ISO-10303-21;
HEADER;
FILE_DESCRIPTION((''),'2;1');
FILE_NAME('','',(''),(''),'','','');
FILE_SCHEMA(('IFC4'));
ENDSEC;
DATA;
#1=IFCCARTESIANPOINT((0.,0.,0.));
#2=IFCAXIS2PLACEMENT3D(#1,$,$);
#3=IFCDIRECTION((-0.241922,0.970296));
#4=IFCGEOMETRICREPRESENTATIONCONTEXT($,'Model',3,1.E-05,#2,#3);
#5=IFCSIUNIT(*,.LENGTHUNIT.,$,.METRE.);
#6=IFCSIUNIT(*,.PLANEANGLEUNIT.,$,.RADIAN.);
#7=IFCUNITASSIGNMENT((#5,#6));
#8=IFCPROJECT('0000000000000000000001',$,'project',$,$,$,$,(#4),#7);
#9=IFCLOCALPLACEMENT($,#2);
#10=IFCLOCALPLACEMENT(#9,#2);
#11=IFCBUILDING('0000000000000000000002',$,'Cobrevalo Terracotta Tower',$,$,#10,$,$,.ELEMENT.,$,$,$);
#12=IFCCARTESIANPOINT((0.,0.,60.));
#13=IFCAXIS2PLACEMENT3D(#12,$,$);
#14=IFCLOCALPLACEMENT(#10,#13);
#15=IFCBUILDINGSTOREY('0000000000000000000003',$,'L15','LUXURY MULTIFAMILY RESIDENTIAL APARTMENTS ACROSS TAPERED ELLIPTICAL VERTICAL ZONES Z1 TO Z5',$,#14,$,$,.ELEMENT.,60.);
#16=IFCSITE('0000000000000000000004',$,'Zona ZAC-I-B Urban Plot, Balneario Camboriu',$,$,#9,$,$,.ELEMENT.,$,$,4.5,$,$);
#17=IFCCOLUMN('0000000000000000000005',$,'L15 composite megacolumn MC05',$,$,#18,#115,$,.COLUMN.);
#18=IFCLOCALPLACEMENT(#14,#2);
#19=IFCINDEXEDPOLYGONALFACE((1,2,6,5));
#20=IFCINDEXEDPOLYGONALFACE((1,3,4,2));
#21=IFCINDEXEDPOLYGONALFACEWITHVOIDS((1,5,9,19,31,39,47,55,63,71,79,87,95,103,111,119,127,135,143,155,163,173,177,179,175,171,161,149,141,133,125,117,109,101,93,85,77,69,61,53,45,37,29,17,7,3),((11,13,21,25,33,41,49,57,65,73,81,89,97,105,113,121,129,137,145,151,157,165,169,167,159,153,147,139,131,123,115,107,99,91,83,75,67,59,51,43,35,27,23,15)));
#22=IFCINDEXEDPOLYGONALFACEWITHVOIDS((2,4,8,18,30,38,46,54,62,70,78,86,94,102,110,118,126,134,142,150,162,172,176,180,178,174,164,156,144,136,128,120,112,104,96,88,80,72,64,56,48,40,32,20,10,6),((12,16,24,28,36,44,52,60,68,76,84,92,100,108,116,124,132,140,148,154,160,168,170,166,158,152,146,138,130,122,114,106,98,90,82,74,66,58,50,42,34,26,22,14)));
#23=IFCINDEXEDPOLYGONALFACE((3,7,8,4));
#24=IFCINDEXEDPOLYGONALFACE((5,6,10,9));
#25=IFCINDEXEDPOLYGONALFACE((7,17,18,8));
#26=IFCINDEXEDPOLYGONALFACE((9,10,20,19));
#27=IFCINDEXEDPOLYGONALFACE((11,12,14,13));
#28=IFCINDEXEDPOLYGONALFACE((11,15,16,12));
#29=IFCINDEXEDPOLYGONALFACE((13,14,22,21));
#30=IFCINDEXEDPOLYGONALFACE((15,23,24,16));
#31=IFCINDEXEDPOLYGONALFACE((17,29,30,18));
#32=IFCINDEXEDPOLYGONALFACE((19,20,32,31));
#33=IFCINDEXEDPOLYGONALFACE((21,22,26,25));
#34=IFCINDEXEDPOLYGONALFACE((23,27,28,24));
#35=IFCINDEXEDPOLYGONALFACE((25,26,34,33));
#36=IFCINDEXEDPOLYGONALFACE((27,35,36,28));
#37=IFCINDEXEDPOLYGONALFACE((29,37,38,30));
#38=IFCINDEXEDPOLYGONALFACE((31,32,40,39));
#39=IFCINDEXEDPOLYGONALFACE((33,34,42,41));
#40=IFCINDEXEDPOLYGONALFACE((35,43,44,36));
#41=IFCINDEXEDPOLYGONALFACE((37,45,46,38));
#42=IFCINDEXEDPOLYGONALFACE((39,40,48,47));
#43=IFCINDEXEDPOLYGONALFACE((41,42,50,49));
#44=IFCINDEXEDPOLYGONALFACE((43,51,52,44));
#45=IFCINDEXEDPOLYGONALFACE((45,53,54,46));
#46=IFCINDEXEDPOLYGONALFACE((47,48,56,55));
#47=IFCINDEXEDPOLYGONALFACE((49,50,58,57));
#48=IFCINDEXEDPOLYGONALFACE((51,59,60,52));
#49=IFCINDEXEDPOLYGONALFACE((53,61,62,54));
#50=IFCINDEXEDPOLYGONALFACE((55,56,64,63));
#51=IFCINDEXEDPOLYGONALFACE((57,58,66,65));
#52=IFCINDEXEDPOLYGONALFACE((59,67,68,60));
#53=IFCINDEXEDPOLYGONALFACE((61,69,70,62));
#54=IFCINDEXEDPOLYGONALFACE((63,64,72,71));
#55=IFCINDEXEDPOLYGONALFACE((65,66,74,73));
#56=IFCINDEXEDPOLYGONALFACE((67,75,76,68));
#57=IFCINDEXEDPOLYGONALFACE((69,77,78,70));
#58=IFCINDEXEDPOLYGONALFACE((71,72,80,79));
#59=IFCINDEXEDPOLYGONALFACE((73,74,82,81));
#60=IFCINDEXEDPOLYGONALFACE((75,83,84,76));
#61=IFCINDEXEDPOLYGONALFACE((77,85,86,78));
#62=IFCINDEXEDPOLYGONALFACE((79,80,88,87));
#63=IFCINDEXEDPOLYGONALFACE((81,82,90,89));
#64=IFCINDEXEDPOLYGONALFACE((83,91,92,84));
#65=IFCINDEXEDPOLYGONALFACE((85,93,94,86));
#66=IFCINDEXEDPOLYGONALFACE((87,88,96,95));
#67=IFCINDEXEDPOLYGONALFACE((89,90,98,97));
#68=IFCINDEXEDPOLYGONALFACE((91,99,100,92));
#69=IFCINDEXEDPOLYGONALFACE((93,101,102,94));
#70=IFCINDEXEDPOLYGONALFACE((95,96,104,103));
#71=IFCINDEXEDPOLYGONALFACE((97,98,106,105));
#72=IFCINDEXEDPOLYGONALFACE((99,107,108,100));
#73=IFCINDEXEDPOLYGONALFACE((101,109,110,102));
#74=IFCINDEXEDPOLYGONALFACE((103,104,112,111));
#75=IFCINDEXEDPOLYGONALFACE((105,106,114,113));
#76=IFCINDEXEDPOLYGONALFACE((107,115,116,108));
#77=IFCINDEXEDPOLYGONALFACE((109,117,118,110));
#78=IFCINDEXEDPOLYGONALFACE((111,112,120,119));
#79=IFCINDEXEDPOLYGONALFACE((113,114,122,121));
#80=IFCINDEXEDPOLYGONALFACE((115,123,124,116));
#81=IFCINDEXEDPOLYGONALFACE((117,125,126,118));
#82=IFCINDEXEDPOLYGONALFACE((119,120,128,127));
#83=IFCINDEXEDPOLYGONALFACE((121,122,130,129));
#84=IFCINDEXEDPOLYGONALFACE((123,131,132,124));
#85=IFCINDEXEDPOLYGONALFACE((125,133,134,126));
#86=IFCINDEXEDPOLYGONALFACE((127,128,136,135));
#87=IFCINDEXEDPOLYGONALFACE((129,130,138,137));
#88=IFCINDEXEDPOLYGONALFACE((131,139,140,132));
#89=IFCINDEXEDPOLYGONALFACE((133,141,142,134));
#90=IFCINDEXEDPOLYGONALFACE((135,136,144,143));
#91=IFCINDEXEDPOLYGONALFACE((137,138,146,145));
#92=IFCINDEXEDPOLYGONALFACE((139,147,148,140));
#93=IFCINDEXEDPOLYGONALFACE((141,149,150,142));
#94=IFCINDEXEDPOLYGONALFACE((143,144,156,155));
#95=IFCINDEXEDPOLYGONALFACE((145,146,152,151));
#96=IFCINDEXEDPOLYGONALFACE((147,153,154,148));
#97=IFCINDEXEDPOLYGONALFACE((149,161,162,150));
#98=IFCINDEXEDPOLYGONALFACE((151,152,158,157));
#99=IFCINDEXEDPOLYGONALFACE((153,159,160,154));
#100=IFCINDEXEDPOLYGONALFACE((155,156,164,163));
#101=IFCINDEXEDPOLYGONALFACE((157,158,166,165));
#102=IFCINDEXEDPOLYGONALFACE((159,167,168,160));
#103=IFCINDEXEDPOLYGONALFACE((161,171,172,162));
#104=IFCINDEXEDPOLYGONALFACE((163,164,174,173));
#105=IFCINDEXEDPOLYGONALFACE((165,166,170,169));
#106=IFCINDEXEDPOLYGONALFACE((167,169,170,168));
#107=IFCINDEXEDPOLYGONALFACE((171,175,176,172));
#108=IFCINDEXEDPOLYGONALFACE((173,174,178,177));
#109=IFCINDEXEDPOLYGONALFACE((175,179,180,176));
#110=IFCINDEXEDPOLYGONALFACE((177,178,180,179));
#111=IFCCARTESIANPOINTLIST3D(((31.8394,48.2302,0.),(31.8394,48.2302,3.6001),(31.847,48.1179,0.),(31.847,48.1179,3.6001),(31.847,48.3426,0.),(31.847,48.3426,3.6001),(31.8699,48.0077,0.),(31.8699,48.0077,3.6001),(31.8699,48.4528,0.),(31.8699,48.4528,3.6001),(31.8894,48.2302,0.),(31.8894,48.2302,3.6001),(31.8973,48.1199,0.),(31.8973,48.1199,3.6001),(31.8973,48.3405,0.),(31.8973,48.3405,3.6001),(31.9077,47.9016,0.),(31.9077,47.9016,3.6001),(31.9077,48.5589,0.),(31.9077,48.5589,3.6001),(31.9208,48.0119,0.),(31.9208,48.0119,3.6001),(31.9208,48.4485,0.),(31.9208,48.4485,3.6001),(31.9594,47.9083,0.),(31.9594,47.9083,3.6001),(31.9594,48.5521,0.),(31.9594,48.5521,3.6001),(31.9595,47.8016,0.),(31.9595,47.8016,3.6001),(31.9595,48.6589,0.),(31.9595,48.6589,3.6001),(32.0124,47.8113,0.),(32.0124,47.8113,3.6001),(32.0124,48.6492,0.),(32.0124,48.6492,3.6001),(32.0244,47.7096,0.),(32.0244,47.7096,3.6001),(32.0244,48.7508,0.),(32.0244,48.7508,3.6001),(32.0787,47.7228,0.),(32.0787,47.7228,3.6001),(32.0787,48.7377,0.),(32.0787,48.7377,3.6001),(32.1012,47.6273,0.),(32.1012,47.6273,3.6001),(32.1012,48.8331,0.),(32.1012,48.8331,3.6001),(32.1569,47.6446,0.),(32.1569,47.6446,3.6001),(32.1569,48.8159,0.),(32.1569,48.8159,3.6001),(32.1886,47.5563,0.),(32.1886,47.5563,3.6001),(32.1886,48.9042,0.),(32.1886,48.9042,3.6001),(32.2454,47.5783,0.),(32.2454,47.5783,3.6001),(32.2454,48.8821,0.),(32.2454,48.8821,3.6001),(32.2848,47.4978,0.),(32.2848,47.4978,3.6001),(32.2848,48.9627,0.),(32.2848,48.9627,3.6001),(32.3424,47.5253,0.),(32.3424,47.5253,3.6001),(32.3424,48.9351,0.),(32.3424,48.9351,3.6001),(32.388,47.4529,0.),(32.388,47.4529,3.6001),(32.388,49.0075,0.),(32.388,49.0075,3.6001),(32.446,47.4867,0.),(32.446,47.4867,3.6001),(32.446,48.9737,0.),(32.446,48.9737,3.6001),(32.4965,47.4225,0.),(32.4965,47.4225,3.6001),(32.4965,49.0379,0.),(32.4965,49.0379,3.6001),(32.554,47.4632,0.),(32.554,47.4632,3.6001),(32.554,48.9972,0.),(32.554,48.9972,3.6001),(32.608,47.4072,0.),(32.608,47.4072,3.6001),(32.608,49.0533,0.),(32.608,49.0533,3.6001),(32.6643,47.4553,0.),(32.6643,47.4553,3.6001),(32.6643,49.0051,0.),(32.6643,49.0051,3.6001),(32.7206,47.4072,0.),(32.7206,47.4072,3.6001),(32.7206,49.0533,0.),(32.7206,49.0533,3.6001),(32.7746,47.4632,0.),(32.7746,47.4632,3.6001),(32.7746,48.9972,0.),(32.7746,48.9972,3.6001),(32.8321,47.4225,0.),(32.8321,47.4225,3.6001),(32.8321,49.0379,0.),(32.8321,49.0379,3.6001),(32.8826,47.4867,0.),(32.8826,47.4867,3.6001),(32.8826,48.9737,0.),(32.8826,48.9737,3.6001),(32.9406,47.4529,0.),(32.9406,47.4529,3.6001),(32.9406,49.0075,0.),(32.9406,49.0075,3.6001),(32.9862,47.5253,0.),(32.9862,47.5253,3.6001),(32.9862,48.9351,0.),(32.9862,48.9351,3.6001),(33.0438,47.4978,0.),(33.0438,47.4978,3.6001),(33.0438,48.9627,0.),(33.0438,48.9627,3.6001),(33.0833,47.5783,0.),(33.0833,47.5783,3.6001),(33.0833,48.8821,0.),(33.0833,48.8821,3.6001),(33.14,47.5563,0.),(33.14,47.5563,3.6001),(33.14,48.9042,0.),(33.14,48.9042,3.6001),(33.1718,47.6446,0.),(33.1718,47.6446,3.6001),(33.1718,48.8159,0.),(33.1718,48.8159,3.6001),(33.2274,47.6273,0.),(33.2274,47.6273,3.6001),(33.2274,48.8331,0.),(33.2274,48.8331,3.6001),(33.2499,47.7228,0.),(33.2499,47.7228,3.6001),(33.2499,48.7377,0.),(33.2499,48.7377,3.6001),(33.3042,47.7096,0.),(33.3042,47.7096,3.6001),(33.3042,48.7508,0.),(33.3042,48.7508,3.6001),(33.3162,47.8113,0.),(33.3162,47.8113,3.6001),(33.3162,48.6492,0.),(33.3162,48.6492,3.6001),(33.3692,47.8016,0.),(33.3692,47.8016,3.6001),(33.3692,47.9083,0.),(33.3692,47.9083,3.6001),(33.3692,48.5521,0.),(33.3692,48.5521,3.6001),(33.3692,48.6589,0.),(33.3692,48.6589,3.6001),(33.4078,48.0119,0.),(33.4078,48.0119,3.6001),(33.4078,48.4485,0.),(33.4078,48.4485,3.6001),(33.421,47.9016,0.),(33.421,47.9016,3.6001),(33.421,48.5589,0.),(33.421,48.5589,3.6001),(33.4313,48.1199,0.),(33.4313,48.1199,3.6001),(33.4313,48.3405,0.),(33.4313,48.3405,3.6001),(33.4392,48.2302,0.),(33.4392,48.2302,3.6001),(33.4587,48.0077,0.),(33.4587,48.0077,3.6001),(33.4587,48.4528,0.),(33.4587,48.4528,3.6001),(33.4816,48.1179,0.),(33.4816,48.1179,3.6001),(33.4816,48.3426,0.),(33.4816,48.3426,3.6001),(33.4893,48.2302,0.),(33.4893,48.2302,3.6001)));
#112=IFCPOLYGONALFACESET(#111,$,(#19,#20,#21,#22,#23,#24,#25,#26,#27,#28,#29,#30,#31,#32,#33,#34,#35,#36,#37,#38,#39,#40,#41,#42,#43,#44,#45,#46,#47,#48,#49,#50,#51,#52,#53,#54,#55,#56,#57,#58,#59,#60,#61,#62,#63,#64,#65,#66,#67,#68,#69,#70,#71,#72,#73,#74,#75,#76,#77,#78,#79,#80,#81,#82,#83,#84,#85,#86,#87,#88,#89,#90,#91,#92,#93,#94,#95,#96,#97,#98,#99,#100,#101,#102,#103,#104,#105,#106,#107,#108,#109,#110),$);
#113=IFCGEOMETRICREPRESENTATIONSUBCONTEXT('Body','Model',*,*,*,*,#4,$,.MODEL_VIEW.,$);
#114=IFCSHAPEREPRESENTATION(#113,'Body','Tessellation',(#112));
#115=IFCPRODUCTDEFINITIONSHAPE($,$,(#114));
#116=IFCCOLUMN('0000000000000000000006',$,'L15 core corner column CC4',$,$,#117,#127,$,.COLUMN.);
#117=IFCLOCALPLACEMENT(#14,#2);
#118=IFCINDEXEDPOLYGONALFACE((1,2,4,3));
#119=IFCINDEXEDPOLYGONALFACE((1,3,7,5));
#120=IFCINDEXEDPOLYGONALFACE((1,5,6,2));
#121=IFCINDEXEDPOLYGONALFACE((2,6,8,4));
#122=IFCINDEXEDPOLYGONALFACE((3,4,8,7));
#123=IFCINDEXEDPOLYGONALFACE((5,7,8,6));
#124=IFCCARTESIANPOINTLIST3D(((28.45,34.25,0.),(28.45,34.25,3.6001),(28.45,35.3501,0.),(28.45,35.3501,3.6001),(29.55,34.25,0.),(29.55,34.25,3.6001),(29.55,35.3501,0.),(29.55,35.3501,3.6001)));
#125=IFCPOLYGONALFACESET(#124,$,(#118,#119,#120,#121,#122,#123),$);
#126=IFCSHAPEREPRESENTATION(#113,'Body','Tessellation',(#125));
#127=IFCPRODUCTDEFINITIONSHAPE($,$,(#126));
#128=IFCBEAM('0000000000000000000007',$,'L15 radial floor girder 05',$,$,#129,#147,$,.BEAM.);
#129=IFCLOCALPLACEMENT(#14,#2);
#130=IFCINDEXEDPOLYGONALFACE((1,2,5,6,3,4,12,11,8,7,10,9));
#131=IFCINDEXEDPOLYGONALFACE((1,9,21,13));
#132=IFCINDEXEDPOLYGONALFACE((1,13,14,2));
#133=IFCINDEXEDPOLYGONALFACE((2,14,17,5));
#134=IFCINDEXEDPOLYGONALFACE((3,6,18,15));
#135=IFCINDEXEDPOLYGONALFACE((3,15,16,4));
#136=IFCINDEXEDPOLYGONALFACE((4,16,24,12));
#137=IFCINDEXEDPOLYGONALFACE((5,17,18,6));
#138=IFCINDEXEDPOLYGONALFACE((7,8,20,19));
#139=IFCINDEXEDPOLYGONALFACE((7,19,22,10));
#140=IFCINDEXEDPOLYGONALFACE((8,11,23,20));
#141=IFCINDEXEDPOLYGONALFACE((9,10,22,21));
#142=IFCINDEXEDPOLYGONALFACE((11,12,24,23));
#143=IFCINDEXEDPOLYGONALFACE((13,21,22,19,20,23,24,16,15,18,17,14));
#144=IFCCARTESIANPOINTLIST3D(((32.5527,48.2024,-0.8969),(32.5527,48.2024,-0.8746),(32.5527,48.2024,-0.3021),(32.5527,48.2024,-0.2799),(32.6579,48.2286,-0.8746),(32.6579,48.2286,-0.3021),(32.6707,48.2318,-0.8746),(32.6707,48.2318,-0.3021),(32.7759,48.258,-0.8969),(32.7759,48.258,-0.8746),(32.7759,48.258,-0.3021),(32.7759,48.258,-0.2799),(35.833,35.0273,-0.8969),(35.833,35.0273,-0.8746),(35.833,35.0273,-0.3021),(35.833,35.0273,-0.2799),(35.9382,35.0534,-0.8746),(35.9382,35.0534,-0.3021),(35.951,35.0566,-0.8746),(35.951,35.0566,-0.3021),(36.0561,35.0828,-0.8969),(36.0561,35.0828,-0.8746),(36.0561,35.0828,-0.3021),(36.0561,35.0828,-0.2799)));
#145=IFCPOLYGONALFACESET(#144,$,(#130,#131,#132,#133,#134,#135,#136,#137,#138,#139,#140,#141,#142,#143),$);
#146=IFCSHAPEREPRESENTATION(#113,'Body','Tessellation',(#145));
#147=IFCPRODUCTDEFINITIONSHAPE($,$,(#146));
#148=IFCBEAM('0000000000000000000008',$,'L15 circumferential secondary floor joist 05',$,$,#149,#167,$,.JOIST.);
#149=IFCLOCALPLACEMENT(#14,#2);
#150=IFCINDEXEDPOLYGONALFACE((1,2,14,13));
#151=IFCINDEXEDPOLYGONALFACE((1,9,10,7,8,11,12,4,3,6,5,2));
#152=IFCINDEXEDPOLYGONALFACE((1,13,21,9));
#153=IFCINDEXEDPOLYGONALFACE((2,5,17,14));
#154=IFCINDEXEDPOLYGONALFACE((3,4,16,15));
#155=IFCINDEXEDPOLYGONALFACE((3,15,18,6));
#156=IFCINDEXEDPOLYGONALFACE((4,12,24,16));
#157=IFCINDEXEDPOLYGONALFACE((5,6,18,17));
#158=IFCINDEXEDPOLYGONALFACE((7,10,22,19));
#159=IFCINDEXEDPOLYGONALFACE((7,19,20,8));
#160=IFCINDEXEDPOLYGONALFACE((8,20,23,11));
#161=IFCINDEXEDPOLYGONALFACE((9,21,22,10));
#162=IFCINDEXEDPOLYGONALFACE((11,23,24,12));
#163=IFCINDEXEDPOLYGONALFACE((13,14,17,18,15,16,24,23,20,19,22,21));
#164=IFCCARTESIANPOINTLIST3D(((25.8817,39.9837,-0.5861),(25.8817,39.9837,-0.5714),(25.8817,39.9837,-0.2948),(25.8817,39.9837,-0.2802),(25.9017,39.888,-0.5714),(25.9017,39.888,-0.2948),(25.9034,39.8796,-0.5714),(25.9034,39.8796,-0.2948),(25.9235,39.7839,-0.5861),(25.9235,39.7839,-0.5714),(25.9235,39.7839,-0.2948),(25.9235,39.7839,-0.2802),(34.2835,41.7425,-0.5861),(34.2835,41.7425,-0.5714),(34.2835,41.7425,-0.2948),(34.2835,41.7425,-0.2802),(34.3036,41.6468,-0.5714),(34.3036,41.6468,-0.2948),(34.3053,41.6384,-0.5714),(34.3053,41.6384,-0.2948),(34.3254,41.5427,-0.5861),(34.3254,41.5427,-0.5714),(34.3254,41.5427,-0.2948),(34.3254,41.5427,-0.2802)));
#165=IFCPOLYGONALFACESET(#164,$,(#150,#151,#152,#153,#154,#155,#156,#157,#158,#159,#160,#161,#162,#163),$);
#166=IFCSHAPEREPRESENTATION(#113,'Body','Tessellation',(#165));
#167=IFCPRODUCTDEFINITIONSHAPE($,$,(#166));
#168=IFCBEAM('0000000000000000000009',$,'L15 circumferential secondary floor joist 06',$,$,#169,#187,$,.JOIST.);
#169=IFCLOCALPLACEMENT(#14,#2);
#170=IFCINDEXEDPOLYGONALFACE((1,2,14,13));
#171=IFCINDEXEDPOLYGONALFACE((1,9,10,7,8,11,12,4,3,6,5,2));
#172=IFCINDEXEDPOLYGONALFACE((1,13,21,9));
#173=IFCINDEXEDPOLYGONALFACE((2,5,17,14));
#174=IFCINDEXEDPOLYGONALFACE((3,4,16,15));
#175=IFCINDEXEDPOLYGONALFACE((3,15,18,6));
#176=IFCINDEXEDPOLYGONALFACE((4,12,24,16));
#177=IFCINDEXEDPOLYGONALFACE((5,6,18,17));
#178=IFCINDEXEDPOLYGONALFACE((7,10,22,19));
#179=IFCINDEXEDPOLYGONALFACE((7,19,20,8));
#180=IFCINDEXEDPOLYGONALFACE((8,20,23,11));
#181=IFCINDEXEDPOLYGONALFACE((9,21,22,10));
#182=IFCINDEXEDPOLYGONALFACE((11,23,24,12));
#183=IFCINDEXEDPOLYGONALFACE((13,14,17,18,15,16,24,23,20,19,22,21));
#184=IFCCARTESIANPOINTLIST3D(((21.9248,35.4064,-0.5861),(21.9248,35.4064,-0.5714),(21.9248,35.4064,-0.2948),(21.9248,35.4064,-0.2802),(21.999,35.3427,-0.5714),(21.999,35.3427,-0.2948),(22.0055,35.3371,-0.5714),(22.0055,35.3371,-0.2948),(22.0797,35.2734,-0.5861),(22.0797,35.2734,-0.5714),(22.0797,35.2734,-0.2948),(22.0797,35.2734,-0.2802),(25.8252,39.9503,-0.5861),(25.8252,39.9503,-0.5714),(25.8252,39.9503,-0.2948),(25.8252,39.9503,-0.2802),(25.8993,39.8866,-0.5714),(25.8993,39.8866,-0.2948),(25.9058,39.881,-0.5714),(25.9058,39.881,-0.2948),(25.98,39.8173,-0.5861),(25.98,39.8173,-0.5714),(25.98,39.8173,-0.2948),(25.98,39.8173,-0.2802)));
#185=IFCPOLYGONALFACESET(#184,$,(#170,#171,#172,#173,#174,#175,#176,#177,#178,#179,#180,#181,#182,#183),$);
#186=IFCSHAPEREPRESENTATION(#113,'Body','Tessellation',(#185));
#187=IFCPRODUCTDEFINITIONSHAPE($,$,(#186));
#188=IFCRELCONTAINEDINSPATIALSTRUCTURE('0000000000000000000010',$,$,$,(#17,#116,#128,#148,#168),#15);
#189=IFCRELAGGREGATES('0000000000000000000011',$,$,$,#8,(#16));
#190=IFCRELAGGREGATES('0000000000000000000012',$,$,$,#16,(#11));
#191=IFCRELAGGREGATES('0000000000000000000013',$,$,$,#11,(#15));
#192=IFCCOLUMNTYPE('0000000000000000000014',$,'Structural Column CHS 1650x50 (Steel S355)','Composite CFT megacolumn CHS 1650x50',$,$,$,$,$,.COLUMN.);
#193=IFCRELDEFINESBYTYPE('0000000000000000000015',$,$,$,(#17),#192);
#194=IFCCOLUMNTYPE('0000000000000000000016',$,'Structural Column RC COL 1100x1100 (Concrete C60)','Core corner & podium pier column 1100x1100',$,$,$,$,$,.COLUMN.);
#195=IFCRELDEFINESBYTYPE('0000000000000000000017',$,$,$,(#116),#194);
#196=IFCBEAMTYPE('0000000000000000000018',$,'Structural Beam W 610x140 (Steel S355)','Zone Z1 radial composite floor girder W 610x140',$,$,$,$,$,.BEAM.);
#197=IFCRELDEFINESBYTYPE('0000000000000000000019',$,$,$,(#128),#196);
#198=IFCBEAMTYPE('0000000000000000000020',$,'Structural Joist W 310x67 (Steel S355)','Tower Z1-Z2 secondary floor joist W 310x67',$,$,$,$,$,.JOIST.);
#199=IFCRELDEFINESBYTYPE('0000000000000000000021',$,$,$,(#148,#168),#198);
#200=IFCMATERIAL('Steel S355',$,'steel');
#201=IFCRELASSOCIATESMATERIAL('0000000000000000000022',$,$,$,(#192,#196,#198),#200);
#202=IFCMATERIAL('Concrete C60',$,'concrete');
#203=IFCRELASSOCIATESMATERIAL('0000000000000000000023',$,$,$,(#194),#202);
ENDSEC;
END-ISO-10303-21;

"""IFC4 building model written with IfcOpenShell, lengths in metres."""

from ifc_helpers import new_model, si_unit, direction, frame, origin, origin_2d, place, context, subcontext, project, spatial, rectangle, hollow_circle, i_section, extrude, material, material_profile, profile_set, type_object, element, save


model = new_model("IFC4")

# Units and contexts
model_context = context("Model", 3, precision=1e-05, world=origin(), true_north=direction((-0.241922, 0.970296)))
body_context = subcontext(model_context, "Body", "Model", "MODEL_VIEW")
ifc_project = project(units=[si_unit("LENGTHUNIT", "METRE"), si_unit("PLANEANGLEUNIT", "RADIAN")], contexts=[model_context])

# Site, building, storey
site_placement = place(None, origin())
site = spatial("IfcSite", under=ifc_project, at=site_placement, Name="Zona ZAC-I-B Urban Plot, Balneario Camboriu", CompositionType="ELEMENT", RefElevation=4.5)
building_placement = place(site_placement, origin())
building = spatial("IfcBuilding", under=site, at=building_placement, Name="Cobrevalo Terracotta Tower", CompositionType="ELEMENT")
storey_placement = place(building_placement, frame((0.0, 0.0, 60.0)))
storey = spatial("IfcBuildingStorey", under=building, at=storey_placement, Name="L15", Description="LUXURY MULTIFAMILY RESIDENTIAL APARTMENTS ACROSS TAPERED ELLIPTICAL VERTICAL ZONES Z1 TO Z5", CompositionType="ELEMENT", Elevation=60.0)

# Columns
ifc_material_1 = material(Name="Steel S355", Category="steel")
ifc_material_profile_1 = material_profile(ifc_material_1, hollow_circle(Radius=0.825, WallThickness=0.05, at=origin_2d()), Name="CHS 1650x50")
ifc_profile_set_1 = profile_set([ifc_material_profile_1], Name="Steel S355")
column_type_1 = type_object("IfcColumnType", Name="Structural Column CHS 1650x50 (Steel S355)", Description="Composite CFT megacolumn CHS 1650x50", PredefinedType="COLUMN", material=ifc_profile_set_1)
column_1_placement = place(storey_placement, frame((32.6643, 48.2302, 0.0), z_axis=(0.0, 0.0, 1.0), x_axis=(1.0, 0.0, 0.0)))
element("IfcColumn", 1, at=column_1_placement, inside=storey, type_object=column_type_1, Name="L15 composite megacolumn MC05", PredefinedType="COLUMN", context=body_context, shape_type="SweptSolid", body=[
    extrude(hollow_circle(Radius=0.825, WallThickness=0.05, at=origin_2d()), origin(), (0.0, 0.0, 1.0), 3.6001),
])
ifc_material_2 = material(Name="Concrete C60", Category="concrete")
ifc_material_profile_2 = material_profile(ifc_material_2, rectangle(XDim=1.1001, YDim=1.1001, at=origin_2d()), Name="RC COL 1100x1100")
ifc_profile_set_2 = profile_set([ifc_material_profile_2], Name="Concrete C60")
column_type_2 = type_object("IfcColumnType", Name="Structural Column RC COL 1100x1100 (Concrete C60)", Description="Core corner & podium pier column 1100x1100", PredefinedType="COLUMN", material=ifc_profile_set_2)
column_2_placement = place(storey_placement, frame((29.0, 34.8, 0.0), z_axis=(0.0, 0.0, 1.0), x_axis=(1.0, 0.0, 0.0)))
element("IfcColumn", 2, at=column_2_placement, inside=storey, type_object=column_type_2, Name="L15 core corner column CC4", PredefinedType="COLUMN", context=body_context, shape_type="SweptSolid", body=[
    extrude(rectangle(XDim=1.1001, YDim=1.1001, at=origin_2d()), origin(), (0.0, 0.0, 1.0), 3.6001),
])

# Beams
ifc_material_profile_3 = material_profile(ifc_material_1, i_section(OverallWidth=0.23, OverallDepth=0.6169, WebThickness=0.0132, FlangeThickness=0.0222, at=origin_2d()), Name="W 610x140")
ifc_profile_set_3 = profile_set([ifc_material_profile_3], Name="Steel S355")
beam_type_1 = type_object("IfcBeamType", Name="Structural Beam W 610x140 (Steel S355)", Description="Zone Z1 radial composite floor girder W 610x140", PredefinedType="BEAM", material=ifc_profile_set_3)
beam_1_placement = place(storey_placement, frame((32.6643, 48.2302, -0.5884), z_axis=(0.241596, -0.970377, 0.0), x_axis=(0.970377, 0.241596, 0.0)))
element("IfcBeam", 3, at=beam_1_placement, inside=storey, type_object=beam_type_1, Name="L15 radial floor girder 05", PredefinedType="BEAM", context=body_context, shape_type="SweptSolid", body=[
    extrude(i_section(OverallWidth=0.23, OverallDepth=0.6169, WebThickness=0.0132, FlangeThickness=0.0222, at=origin_2d()), origin(), (0.0, 0.0, 1.0), 13.5774),
])
ifc_material_profile_4 = material_profile(ifc_material_1, i_section(OverallWidth=0.2041, OverallDepth=0.3059, WebThickness=0.0085, FlangeThickness=0.0146, at=origin_2d()), Name="W 310x67")
ifc_profile_set_4 = profile_set([ifc_material_profile_4], Name="Steel S355")
beam_type_2 = type_object("IfcBeamType", Name="Structural Joist W 310x67 (Steel S355)", Description="Tower Z1-Z2 secondary floor joist W 310x67", PredefinedType="JOIST", material=ifc_profile_set_4)
beam_2_placement = place(storey_placement, frame((34.3044, 41.6426, -0.4331), z_axis=(-0.978785, -0.204892, 0.0), x_axis=(0.204892, -0.978785, 0.0)))
element("IfcBeam", 4, at=beam_2_placement, inside=storey, type_object=beam_type_2, Name="L15 circumferential secondary floor joist 05", PredefinedType="JOIST", context=body_context, shape_type="SweptSolid", body=[
    extrude(i_section(OverallWidth=0.2041, OverallDepth=0.3059, WebThickness=0.0085, FlangeThickness=0.0146, at=origin_2d()), origin(), (0.0, 0.0, 1.0), 8.584),
])
beam_3_placement = place(storey_placement, frame((25.9026, 39.8838, -0.4331), z_axis=(-0.651328, -0.758796, 0.0), x_axis=(0.758796, -0.651328, 0.0)))
element("IfcBeam", 5, at=beam_3_placement, inside=storey, type_object=beam_type_2, Name="L15 circumferential secondary floor joist 06", PredefinedType="JOIST", context=body_context, shape_type="SweptSolid", body=[
    extrude(i_section(OverallWidth=0.2041, OverallDepth=0.3059, WebThickness=0.0085, FlangeThickness=0.0146, at=origin_2d()), origin(), (0.0, 0.0, 1.0), 5.9883),
])

save(model, "model.ifc")
